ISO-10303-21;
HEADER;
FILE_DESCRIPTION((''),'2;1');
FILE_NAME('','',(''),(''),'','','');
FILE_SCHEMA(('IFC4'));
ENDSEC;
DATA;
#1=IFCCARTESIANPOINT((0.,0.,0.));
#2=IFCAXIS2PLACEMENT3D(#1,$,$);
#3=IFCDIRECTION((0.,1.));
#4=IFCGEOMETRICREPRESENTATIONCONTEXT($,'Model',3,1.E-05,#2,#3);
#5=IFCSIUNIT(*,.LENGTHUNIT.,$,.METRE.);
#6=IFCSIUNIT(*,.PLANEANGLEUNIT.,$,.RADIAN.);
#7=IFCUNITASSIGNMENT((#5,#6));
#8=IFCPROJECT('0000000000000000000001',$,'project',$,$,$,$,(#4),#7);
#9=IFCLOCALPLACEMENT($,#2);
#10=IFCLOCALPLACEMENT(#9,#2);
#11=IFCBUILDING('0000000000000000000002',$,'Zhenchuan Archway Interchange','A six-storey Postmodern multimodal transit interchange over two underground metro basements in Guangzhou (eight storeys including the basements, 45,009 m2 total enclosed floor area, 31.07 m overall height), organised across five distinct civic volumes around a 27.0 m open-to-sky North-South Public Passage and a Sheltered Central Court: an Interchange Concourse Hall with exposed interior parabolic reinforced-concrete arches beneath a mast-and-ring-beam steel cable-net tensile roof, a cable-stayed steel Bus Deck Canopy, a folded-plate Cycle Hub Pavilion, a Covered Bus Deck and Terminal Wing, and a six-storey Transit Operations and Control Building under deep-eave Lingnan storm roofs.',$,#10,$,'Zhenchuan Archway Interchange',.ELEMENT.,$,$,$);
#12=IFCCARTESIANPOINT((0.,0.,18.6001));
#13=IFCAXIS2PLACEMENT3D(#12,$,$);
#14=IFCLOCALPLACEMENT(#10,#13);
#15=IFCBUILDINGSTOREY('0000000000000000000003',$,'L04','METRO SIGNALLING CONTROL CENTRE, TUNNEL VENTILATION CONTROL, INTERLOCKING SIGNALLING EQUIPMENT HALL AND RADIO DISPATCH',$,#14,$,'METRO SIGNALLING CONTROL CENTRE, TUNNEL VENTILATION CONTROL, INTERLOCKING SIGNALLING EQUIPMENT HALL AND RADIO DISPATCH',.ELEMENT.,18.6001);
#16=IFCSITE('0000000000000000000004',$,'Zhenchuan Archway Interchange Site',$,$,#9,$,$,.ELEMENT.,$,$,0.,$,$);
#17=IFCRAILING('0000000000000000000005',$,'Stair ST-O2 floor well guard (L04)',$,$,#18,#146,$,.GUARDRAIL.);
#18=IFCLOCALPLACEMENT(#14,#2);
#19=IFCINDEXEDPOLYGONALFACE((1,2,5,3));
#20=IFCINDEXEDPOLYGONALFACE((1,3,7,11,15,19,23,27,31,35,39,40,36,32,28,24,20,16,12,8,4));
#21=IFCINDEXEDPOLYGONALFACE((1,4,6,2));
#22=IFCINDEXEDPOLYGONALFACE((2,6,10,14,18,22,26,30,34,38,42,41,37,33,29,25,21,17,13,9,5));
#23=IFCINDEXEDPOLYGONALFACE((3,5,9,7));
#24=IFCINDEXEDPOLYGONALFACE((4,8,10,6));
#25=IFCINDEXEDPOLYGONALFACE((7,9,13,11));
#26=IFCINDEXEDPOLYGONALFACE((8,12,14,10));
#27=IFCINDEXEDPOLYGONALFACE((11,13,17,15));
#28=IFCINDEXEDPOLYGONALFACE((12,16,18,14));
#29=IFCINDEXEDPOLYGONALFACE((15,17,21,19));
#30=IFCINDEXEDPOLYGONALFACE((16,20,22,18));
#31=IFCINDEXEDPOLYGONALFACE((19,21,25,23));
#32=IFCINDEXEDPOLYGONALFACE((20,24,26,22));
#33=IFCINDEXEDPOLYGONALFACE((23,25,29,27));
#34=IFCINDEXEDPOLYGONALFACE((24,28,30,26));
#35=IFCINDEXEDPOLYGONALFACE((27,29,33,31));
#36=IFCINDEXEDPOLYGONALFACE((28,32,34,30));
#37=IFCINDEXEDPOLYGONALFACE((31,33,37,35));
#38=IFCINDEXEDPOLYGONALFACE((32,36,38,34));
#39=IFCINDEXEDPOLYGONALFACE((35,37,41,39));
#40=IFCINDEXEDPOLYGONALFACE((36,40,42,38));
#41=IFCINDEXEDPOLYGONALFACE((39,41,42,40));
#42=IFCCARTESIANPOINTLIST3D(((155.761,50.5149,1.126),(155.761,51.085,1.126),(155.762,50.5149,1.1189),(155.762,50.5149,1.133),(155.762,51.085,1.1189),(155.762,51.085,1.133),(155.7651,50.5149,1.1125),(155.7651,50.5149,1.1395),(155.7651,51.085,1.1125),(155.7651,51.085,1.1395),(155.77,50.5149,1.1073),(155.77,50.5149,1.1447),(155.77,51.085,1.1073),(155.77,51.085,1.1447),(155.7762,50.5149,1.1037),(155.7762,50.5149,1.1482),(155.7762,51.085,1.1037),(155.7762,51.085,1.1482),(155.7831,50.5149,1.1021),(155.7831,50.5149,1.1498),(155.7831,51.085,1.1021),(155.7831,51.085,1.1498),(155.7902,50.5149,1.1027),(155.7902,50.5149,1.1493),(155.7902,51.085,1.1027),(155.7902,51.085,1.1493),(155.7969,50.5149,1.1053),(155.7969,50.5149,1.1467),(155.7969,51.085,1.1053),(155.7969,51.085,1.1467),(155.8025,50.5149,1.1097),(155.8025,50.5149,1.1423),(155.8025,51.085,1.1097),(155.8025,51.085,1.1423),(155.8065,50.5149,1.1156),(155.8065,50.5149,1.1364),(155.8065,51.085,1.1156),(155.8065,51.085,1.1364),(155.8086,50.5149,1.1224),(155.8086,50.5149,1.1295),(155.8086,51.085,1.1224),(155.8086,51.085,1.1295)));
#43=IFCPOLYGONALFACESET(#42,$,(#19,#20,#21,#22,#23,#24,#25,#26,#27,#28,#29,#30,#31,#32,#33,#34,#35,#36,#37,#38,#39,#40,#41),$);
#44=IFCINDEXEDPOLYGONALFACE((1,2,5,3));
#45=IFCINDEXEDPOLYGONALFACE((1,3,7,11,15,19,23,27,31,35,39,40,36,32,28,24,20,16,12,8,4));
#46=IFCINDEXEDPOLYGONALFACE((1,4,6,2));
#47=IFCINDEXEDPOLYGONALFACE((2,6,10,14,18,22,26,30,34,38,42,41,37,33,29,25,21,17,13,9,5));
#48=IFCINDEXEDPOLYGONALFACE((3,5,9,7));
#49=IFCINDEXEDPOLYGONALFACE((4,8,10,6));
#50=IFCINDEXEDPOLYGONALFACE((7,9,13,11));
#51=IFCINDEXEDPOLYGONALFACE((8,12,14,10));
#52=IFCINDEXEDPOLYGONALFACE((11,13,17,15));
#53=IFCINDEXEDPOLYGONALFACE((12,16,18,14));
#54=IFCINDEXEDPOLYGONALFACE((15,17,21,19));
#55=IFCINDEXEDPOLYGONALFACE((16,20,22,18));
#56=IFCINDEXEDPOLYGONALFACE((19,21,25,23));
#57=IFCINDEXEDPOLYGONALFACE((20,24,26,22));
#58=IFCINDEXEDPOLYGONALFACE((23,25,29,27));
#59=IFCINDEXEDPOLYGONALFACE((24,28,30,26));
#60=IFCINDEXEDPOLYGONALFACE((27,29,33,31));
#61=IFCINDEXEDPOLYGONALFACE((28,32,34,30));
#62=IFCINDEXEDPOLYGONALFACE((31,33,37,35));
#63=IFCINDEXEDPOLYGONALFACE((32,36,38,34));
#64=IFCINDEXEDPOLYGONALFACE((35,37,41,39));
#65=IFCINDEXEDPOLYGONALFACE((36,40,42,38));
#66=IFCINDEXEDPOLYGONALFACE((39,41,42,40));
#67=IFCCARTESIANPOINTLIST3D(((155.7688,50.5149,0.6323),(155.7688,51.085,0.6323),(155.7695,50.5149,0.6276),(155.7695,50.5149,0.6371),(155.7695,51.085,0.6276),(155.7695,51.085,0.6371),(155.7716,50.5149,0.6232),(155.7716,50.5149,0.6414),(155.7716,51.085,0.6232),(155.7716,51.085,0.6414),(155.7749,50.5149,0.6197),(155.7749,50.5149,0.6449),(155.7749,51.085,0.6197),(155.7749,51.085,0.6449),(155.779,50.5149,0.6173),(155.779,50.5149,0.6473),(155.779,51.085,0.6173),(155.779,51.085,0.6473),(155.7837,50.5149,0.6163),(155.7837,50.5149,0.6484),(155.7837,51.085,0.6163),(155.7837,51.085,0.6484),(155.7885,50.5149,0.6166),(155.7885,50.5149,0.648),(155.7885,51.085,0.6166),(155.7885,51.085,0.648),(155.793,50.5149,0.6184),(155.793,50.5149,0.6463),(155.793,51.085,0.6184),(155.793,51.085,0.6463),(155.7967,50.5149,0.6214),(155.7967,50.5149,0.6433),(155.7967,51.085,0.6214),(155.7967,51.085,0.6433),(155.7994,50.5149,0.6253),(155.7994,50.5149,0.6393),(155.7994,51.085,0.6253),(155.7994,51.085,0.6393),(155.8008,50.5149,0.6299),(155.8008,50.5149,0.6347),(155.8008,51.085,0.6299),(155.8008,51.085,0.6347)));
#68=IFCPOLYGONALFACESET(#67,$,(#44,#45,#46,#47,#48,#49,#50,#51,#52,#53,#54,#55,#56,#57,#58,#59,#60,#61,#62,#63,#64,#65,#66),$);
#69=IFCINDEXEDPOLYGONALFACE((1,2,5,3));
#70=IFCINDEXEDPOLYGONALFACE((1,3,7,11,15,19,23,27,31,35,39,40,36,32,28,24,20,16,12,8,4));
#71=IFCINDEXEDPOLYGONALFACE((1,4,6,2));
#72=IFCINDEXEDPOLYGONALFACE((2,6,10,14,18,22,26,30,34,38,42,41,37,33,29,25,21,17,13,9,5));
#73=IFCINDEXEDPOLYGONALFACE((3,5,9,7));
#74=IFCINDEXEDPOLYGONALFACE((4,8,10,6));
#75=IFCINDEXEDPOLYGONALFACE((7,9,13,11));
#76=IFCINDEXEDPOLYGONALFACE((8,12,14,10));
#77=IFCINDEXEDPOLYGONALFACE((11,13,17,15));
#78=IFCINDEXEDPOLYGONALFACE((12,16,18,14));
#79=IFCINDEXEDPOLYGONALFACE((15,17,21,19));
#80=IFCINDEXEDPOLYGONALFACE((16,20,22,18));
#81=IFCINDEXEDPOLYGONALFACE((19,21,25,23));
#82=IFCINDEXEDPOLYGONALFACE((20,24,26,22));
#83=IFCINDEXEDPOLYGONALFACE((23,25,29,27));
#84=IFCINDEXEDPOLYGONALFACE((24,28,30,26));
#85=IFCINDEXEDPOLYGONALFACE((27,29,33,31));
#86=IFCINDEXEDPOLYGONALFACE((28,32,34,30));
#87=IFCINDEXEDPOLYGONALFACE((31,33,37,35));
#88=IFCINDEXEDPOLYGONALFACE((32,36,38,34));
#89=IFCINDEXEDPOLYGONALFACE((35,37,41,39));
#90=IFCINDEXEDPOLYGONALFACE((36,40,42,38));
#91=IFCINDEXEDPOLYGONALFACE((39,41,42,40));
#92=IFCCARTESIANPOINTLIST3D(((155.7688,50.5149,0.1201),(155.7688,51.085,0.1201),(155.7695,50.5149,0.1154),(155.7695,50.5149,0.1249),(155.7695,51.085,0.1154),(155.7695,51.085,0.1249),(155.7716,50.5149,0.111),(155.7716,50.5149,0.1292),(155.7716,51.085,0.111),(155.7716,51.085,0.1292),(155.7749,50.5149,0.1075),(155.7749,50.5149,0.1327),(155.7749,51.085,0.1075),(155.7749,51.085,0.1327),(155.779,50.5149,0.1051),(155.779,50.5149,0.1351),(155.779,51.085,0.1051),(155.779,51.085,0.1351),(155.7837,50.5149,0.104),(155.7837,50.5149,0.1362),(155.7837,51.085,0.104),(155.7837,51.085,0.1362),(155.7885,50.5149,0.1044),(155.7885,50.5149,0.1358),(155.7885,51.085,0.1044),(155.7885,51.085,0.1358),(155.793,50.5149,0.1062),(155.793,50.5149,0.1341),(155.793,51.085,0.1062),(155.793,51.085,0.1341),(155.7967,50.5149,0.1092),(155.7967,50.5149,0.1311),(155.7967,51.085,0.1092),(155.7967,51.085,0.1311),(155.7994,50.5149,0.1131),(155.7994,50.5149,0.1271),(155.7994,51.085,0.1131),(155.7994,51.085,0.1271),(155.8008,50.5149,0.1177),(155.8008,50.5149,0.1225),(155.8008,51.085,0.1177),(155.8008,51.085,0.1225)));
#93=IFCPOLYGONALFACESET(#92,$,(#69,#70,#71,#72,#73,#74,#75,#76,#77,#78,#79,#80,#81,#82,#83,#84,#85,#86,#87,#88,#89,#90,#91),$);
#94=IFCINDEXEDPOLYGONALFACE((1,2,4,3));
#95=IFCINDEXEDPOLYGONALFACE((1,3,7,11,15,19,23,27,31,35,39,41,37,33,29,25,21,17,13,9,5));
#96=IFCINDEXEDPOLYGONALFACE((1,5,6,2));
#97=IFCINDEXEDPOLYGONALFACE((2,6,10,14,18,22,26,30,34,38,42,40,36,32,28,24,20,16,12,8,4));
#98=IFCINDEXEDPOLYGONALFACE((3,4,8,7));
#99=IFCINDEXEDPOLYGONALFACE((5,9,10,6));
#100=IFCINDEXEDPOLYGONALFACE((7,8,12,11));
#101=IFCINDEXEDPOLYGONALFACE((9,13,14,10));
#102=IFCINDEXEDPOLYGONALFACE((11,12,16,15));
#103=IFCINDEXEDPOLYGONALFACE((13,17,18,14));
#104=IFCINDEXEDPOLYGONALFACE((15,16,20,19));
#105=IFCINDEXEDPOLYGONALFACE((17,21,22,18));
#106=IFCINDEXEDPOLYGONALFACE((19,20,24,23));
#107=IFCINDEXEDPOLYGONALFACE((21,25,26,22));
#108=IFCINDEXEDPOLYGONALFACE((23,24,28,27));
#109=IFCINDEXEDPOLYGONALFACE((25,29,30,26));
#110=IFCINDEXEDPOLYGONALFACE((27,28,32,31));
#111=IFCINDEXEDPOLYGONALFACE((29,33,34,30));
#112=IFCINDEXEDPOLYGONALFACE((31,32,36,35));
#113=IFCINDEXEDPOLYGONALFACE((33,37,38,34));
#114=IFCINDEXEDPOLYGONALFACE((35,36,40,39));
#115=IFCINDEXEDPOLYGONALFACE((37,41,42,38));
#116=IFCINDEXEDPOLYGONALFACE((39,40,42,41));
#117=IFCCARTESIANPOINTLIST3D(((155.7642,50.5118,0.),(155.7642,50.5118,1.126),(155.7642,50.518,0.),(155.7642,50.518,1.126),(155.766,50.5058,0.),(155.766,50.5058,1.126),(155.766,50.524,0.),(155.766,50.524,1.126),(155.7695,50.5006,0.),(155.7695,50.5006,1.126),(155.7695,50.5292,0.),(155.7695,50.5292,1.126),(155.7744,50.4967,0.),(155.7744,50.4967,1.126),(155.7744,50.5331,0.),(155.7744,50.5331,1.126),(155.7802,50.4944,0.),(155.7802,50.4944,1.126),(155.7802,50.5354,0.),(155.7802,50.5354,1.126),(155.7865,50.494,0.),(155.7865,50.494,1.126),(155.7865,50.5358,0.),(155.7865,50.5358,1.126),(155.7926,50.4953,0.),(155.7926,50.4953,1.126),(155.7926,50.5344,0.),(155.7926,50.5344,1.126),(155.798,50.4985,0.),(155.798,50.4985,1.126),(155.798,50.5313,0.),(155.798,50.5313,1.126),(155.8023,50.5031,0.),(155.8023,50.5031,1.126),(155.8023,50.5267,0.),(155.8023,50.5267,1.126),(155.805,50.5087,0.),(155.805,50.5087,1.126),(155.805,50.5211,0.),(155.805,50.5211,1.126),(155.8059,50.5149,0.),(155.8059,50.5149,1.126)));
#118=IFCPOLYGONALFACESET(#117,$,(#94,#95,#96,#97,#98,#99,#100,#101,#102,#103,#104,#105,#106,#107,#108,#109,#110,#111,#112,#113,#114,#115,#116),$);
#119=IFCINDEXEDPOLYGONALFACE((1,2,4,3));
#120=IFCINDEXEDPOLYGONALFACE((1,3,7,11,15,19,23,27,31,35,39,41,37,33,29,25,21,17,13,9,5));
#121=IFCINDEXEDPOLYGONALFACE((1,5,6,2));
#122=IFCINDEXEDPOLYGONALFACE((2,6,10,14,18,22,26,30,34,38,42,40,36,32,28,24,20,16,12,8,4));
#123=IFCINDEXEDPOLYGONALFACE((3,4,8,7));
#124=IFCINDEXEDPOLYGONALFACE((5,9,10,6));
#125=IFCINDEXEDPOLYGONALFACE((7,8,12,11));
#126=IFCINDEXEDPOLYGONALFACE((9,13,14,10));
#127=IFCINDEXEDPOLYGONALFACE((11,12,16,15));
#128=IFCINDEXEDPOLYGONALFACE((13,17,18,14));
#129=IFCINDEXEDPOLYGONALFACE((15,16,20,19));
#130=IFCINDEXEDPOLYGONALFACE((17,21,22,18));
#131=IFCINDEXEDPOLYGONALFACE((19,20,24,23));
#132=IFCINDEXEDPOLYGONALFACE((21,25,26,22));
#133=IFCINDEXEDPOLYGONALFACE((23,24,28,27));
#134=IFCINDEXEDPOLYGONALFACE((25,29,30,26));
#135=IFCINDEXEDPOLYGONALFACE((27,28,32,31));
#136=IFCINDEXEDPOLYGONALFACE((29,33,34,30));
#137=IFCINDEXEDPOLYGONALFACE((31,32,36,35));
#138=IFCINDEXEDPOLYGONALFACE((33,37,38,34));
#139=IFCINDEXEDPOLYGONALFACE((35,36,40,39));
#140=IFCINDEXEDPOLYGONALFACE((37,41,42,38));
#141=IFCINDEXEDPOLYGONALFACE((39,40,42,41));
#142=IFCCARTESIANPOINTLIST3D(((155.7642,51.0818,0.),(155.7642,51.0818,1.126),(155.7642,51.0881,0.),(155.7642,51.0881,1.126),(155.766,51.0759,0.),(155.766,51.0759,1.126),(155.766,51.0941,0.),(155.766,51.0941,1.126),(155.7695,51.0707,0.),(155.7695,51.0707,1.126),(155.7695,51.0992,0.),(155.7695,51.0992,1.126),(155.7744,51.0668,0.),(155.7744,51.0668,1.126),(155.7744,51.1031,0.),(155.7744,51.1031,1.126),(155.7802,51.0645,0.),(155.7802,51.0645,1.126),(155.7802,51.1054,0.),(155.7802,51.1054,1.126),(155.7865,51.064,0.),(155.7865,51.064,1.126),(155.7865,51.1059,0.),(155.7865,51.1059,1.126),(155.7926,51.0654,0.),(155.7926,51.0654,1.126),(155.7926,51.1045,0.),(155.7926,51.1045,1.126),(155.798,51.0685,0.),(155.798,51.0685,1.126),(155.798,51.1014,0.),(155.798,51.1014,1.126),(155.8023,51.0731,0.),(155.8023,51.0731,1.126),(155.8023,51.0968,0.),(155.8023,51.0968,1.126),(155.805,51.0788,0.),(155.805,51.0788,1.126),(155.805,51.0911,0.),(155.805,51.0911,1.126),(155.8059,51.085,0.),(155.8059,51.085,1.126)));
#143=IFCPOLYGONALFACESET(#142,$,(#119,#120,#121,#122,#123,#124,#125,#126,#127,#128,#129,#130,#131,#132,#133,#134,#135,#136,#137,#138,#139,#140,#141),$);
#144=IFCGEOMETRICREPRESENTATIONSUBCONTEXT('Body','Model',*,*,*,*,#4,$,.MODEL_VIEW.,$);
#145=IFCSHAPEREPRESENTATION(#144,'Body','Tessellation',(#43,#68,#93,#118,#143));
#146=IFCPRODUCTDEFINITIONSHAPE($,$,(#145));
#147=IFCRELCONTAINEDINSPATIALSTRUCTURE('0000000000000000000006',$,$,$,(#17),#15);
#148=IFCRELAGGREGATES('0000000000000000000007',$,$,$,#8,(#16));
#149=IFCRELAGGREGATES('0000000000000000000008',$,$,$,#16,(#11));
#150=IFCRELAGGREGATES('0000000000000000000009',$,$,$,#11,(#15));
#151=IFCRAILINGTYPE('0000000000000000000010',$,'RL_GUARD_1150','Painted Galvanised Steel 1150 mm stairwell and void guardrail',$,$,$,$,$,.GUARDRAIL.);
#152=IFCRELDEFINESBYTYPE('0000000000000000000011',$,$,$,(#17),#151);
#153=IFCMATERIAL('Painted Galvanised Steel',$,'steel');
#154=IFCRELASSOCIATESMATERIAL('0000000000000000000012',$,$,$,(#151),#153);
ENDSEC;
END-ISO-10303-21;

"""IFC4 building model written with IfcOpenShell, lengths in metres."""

from ifc_helpers import new_model, si_unit, direction, frame, origin, origin_2d, place, context, subcontext, project, spatial, circle, extrude, material, type_object, element, save


model = new_model("IFC4")

# Units and contexts
model_context = context("Model", 3, precision=1e-05, world=origin(), true_north=direction((0.0, 1.0)))
body_context = subcontext(model_context, "Body", "Model", "MODEL_VIEW")
ifc_project = project(units=[si_unit("LENGTHUNIT", "METRE"), si_unit("PLANEANGLEUNIT", "RADIAN")], contexts=[model_context])

# Site, building, storey
site_placement = place(None, origin())
site = spatial("IfcSite", under=ifc_project, at=site_placement, Name="Zhenchuan Archway Interchange Site", CompositionType="ELEMENT", RefElevation=0.0)
building_placement = place(site_placement, origin())
building = spatial("IfcBuilding", under=site, at=building_placement, Name="Zhenchuan Archway Interchange", Description="A six-storey Postmodern multimodal transit interchange over two underground metro basements in Guangzhou (eight storeys including the basements, 45,009 m2 total enclosed floor area, 31.07 m overall height), organised across five distinct civic volumes around a 27.0 m open-to-sky North-South Public Passage and a Sheltered Central Court: an Interchange Concourse Hall with exposed interior parabolic reinforced-concrete arches beneath a mast-and-ring-beam steel cable-net tensile roof, a cable-stayed steel Bus Deck Canopy, a folded-plate Cycle Hub Pavilion, a Covered Bus Deck and Terminal Wing, and a six-storey Transit Operations and Control Building under deep-eave Lingnan storm roofs.", LongName="Zhenchuan Archway Interchange", CompositionType="ELEMENT")
storey_placement = place(building_placement, frame((0.0, 0.0, 18.6001)))
storey = spatial("IfcBuildingStorey", under=building, at=storey_placement, Name="L04", Description="METRO SIGNALLING CONTROL CENTRE, TUNNEL VENTILATION CONTROL, INTERLOCKING SIGNALLING EQUIPMENT HALL AND RADIO DISPATCH", LongName="METRO SIGNALLING CONTROL CENTRE, TUNNEL VENTILATION CONTROL, INTERLOCKING SIGNALLING EQUIPMENT HALL AND RADIO DISPATCH", CompositionType="ELEMENT", Elevation=18.6001)

# Shared definitions
ifc_material_1 = material(Name="Painted Galvanised Steel", Category="steel")

# Railing
railing_type_1 = type_object("IfcRailingType", Name="RL_GUARD_1150", Description="Painted Galvanised Steel 1150 mm stairwell and void guardrail", PredefinedType="GUARDRAIL", material=ifc_material_1)
for number, where, name in (
    (1, (155.7849, 50.5149, 0.0), "Stair ST-O2 floor well guard (L04)"),
):
    element("IfcRailing", number, at=place(storey_placement, frame(where)), inside=storey, type_object=railing_type_1, Name=name, PredefinedType="GUARDRAIL", context=body_context, shape_type="SweptSolid", body=[
        extrude(circle(Radius=0.0239, at=origin_2d()), frame((0.0, 0.0, 1.126), z_axis=(0.0, 1.0, 0.0), x_axis=(-1.0, 0.0, 0.0)), (0.0, 0.0, 1.0), 0.5701),
        extrude(circle(Radius=0.0161, at=origin_2d()), frame((0.0, 0.0, 0.6323), z_axis=(0.0, 1.0, 0.0), x_axis=(-1.0, 0.0, 0.0)), (0.0, 0.0, 1.0), 0.5701),
        extrude(circle(Radius=0.0161, at=origin_2d()), frame((0.0, 0.0, 0.1201), z_axis=(0.0, 1.0, 0.0), x_axis=(-1.0, 0.0, 0.0)), (0.0, 0.0, 1.0), 0.5701),
        extrude(circle(Radius=0.021, at=origin_2d()), origin(), (0.0, 0.0, 1.0), 1.126),
        extrude(circle(Radius=0.021, at=origin_2d()), frame((0.0, 0.5701, 0.0)), (0.0, 0.0, 1.0), 1.126),
    ])

save(model, "model.ifc")
